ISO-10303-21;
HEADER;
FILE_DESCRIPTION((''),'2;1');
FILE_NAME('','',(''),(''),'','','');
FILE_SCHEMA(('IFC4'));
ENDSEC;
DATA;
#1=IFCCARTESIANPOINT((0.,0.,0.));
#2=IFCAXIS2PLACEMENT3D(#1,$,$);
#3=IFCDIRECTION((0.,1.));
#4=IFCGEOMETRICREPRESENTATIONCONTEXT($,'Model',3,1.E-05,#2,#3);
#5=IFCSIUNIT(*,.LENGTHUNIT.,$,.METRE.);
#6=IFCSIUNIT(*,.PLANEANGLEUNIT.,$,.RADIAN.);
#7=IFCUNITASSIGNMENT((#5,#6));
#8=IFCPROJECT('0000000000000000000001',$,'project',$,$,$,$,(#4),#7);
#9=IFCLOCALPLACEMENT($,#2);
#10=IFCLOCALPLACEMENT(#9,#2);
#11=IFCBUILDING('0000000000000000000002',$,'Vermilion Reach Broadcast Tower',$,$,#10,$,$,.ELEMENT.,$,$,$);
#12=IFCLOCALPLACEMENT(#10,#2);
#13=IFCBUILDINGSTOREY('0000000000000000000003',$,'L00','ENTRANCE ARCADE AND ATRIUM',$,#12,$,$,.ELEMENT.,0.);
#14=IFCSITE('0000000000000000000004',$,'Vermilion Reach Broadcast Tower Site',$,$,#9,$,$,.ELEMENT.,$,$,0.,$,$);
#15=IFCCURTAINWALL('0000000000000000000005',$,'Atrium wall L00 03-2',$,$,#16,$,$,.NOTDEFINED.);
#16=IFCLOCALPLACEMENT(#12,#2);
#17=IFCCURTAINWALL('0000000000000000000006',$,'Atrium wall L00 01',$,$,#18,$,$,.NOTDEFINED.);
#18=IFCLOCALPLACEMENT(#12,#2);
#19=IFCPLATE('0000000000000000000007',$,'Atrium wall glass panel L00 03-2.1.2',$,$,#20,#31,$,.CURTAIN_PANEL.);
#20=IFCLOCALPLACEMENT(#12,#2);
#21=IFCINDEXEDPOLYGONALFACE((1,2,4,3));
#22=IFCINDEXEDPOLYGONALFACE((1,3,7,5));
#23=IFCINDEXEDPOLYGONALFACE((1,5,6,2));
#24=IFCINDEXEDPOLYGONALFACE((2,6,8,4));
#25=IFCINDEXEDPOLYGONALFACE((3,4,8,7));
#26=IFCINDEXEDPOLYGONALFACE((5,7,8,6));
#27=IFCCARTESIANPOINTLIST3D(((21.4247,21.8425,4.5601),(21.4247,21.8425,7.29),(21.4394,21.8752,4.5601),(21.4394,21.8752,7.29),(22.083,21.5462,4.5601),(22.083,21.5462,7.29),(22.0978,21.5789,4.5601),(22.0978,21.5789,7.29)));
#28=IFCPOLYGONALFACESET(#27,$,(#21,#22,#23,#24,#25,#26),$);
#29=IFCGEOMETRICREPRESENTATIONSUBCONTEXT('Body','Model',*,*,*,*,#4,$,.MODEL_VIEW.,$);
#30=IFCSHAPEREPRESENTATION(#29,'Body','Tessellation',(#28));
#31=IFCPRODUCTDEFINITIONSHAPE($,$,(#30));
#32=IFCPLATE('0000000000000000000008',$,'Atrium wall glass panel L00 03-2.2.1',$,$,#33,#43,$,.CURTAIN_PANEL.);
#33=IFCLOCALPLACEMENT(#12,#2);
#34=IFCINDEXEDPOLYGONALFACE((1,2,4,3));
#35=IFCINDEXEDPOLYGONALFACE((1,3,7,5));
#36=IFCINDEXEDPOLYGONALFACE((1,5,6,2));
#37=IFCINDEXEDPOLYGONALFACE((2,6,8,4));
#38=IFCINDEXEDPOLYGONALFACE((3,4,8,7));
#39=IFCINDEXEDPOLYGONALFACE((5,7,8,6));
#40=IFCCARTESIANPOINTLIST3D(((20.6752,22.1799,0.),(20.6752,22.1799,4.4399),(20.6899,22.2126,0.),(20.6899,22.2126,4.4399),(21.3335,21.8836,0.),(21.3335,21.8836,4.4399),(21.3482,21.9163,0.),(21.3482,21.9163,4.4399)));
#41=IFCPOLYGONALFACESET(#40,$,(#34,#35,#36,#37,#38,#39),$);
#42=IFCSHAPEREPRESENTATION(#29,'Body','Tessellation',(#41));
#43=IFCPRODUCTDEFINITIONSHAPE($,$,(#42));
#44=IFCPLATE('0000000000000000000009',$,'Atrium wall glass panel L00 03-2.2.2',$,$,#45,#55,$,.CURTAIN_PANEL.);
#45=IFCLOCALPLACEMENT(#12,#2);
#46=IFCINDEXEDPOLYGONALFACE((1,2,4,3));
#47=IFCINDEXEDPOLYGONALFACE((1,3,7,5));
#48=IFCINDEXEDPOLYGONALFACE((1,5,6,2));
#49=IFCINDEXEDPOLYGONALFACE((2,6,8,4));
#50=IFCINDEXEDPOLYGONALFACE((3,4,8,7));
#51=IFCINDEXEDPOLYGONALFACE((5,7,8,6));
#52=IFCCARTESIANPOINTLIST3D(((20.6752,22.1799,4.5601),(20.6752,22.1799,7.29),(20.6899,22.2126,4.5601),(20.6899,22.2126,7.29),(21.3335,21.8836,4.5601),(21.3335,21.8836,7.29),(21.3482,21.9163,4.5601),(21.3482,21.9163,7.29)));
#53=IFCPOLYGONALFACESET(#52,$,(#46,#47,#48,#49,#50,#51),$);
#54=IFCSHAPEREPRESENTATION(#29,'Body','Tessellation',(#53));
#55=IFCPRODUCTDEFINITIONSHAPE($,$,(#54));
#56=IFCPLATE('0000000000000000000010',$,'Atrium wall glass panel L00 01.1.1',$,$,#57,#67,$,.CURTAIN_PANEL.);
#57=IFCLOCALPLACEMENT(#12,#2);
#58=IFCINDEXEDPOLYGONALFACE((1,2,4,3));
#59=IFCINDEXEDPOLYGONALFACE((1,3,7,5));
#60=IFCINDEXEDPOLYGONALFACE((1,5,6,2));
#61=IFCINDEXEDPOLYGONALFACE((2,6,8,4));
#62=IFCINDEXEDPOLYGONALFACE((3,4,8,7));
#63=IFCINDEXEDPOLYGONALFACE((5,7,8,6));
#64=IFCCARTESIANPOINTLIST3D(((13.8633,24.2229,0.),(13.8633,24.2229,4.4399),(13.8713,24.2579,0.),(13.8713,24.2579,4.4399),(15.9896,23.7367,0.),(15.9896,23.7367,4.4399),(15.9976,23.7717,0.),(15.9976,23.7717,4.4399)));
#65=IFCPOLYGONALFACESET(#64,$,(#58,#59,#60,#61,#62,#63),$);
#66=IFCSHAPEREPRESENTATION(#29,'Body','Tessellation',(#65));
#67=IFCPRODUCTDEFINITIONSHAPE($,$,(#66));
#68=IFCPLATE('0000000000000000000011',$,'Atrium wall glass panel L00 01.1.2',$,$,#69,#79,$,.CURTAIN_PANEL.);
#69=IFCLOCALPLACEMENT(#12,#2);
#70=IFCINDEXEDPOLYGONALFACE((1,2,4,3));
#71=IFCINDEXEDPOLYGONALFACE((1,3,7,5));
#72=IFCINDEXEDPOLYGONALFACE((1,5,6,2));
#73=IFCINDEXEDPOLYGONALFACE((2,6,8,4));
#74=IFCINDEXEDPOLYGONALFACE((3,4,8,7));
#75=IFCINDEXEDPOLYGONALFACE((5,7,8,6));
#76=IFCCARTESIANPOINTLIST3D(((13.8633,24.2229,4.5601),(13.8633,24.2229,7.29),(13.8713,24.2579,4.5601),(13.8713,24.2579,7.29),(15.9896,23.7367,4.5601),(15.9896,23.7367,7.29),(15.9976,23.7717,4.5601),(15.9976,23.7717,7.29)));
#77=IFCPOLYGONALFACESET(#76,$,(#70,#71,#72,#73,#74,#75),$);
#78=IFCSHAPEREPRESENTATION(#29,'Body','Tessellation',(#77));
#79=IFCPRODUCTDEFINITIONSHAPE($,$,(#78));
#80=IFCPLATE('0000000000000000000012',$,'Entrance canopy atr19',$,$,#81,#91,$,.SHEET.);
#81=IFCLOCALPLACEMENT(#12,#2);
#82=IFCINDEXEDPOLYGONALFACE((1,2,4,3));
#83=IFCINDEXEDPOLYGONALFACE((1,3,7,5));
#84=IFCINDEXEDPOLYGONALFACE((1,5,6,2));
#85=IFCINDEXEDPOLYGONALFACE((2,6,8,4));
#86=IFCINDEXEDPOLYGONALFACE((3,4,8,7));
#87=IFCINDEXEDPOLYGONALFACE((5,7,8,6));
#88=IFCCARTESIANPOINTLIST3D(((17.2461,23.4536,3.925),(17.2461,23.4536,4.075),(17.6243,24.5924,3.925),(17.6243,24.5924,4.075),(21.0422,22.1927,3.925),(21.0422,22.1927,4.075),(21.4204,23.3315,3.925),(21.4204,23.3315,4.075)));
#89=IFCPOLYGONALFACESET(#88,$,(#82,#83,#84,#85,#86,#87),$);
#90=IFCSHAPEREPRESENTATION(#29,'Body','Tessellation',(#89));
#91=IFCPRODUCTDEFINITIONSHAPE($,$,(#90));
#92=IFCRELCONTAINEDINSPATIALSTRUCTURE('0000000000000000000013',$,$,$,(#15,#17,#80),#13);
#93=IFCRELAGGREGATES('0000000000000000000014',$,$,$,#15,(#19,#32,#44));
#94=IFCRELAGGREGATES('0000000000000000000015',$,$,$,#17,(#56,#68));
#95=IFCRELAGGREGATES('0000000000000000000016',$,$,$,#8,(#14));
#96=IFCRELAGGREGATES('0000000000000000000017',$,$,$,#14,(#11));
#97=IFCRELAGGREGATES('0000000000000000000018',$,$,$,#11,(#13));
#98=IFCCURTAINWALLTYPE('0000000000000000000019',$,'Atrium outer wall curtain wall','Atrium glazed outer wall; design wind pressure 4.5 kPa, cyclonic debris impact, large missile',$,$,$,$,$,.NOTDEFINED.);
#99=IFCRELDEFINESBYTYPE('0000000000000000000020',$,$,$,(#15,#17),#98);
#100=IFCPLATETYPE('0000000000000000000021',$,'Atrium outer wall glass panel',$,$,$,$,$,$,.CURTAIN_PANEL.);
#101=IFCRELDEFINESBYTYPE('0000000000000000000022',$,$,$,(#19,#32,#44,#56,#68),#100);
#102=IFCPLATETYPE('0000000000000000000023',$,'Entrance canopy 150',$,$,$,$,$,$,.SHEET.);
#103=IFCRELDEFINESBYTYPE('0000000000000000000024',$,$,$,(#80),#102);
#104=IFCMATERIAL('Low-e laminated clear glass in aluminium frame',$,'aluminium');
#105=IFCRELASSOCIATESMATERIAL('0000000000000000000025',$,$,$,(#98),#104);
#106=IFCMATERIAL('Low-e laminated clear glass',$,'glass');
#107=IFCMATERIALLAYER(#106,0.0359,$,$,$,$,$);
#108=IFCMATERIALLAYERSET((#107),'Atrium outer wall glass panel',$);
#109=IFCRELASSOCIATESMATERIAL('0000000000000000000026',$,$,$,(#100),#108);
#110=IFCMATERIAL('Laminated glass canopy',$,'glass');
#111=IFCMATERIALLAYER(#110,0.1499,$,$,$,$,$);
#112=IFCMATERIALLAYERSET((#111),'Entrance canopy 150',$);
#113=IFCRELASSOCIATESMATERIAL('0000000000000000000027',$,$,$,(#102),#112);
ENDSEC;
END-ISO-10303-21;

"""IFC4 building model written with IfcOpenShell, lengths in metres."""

from ifc_helpers import new_model, si_unit, direction, frame, origin, origin_2d, place, context, subcontext, project, spatial, rectangle, extrude, material, layer, layer_set, type_object, element, aggregate, save


model = new_model("IFC4")

# Units and contexts
model_context = context("Model", 3, precision=1e-05, world=origin(), true_north=direction((0.0, 1.0)))
body_context = subcontext(model_context, "Body", "Model", "MODEL_VIEW")
ifc_project = project(units=[si_unit("LENGTHUNIT", "METRE"), si_unit("PLANEANGLEUNIT", "RADIAN")], contexts=[model_context])

# Site, building, storey
site_placement = place(None, origin())
site = spatial("IfcSite", under=ifc_project, at=site_placement, Name="Vermilion Reach Broadcast Tower Site", CompositionType="ELEMENT", RefElevation=0.0)
building_placement = place(site_placement, origin())
building = spatial("IfcBuilding", under=site, at=building_placement, Name="Vermilion Reach Broadcast Tower", CompositionType="ELEMENT")
storey_placement = place(building_placement, origin())
storey = spatial("IfcBuildingStorey", under=building, at=storey_placement, Name="L00", Description="ENTRANCE ARCADE AND ATRIUM", CompositionType="ELEMENT", Elevation=0.0)

# Shared definitions
ifc_material_1 = material(Name="Low-e laminated clear glass in aluminium frame", Category="aluminium")
curtain_wall_type = type_object("IfcCurtainWallType", Name="Atrium outer wall curtain wall", Description="Atrium glazed outer wall; design wind pressure 4.5 kPa, cyclonic debris impact, large missile", PredefinedType="NOTDEFINED", material=ifc_material_1)
placement = place(storey_placement, origin())

# Curtain wall
curtain_wall_1 = element("IfcCurtainWall", 1, at=placement, inside=storey, type_object=curtain_wall_type, Name="Atrium wall L00 03-2", PredefinedType="NOTDEFINED")

# Curtain wall
curtain_wall_2 = element("IfcCurtainWall", 2, at=placement, inside=storey, type_object=curtain_wall_type, Name="Atrium wall L00 01", PredefinedType="NOTDEFINED")

# Plates
ifc_material_2 = material(Name="Low-e laminated clear glass", Category="glass")
ifc_layer_1 = layer(ifc_material_2, 0.0359)
ifc_layer_set_1 = layer_set([ifc_layer_1], Name="Atrium outer wall glass panel")
plate_type_1 = type_object("IfcPlateType", Name="Atrium outer wall glass panel", PredefinedType="CURTAIN_PANEL", material=ifc_layer_set_1)
plate_1_placement = place(storey_placement, frame((21.7612, 21.7107, 4.5601), z_axis=(0.0, 0.0, 1.0), x_axis=(-0.911902, 0.410408, 0.0)))
plate_1 = element("IfcPlate", 3, at=plate_1_placement, type_object=plate_type_1, Name="Atrium wall glass panel L00 03-2.1.2", PredefinedType="CURTAIN_PANEL", context=body_context, shape_type="SweptSolid", body=[
    extrude(rectangle(XDim=0.7219, YDim=0.0359, at=origin_2d()), origin(), (0.0, 0.0, 1.0), 2.73),
])
plate_2_placement = place(storey_placement, frame((21.0117, 22.0481, 0.0), z_axis=(0.0, 0.0, 1.0), x_axis=(-0.911902, 0.410408, 0.0)))
plate_2 = element("IfcPlate", 4, at=plate_2_placement, type_object=plate_type_1, Name="Atrium wall glass panel L00 03-2.2.1", PredefinedType="CURTAIN_PANEL", context=body_context, shape_type="SweptSolid", body=[
    extrude(rectangle(XDim=0.7219, YDim=0.0359, at=origin_2d()), origin(), (0.0, 0.0, 1.0), 4.4399),
])
plate_3_placement = place(storey_placement, frame((21.0117, 22.0481, 4.5601), z_axis=(0.0, 0.0, 1.0), x_axis=(-0.911902, 0.410408, 0.0)))
plate_3 = element("IfcPlate", 5, at=plate_3_placement, type_object=plate_type_1, Name="Atrium wall glass panel L00 03-2.2.2", PredefinedType="CURTAIN_PANEL", context=body_context, shape_type="SweptSolid", body=[
    extrude(rectangle(XDim=0.7219, YDim=0.0359, at=origin_2d()), origin(), (0.0, 0.0, 1.0), 2.73),
])
aggregate(curtain_wall_1, [plate_1, plate_2, plate_3])
plate_4_placement = place(storey_placement, frame((14.9304, 23.9973, 0.0), z_axis=(0.0, 0.0, 1.0), x_axis=(-0.974843, 0.222892, 0.0)))
plate_4 = element("IfcPlate", 6, at=plate_4_placement, type_object=plate_type_1, Name="Atrium wall glass panel L00 01.1.1", PredefinedType="CURTAIN_PANEL", context=body_context, shape_type="SweptSolid", body=[
    extrude(rectangle(XDim=2.1812, YDim=0.0359, at=origin_2d()), origin(), (0.0, 0.0, 1.0), 4.4399),
])
plate_5_placement = place(storey_placement, frame((14.9304, 23.9973, 4.5601), z_axis=(0.0, 0.0, 1.0), x_axis=(-0.974843, 0.222892, 0.0)))
plate_5 = element("IfcPlate", 7, at=plate_5_placement, type_object=plate_type_1, Name="Atrium wall glass panel L00 01.1.2", PredefinedType="CURTAIN_PANEL", context=body_context, shape_type="SweptSolid", body=[
    extrude(rectangle(XDim=2.1812, YDim=0.0359, at=origin_2d()), origin(), (0.0, 0.0, 1.0), 2.73),
])
aggregate(curtain_wall_2, [plate_4, plate_5])
ifc_material_3 = material(Name="Laminated glass canopy", Category="glass")
ifc_layer_2 = layer(ifc_material_3, 0.1499)
ifc_layer_set_2 = layer_set([ifc_layer_2], Name="Entrance canopy 150")
plate_type_2 = type_object("IfcPlateType", Name="Entrance canopy 150", PredefinedType="SHEET", material=ifc_layer_set_2)
plate_6_placement = place(storey_placement, frame((19.3333, 23.3926, 3.925), z_axis=(0.0, 0.0, 1.0), x_axis=(0.949016, -0.315228, 0.0)))
element("IfcPlate", 8, at=plate_6_placement, inside=storey, type_object=plate_type_2, Name="Entrance canopy atr19", PredefinedType="SHEET", context=body_context, shape_type="SweptSolid", body=[
    extrude(rectangle(XDim=4.0, YDim=1.2, at=origin_2d()), origin(), (0.0, 0.0, 1.0), 0.1499),
])

save(model, "model.ifc")
